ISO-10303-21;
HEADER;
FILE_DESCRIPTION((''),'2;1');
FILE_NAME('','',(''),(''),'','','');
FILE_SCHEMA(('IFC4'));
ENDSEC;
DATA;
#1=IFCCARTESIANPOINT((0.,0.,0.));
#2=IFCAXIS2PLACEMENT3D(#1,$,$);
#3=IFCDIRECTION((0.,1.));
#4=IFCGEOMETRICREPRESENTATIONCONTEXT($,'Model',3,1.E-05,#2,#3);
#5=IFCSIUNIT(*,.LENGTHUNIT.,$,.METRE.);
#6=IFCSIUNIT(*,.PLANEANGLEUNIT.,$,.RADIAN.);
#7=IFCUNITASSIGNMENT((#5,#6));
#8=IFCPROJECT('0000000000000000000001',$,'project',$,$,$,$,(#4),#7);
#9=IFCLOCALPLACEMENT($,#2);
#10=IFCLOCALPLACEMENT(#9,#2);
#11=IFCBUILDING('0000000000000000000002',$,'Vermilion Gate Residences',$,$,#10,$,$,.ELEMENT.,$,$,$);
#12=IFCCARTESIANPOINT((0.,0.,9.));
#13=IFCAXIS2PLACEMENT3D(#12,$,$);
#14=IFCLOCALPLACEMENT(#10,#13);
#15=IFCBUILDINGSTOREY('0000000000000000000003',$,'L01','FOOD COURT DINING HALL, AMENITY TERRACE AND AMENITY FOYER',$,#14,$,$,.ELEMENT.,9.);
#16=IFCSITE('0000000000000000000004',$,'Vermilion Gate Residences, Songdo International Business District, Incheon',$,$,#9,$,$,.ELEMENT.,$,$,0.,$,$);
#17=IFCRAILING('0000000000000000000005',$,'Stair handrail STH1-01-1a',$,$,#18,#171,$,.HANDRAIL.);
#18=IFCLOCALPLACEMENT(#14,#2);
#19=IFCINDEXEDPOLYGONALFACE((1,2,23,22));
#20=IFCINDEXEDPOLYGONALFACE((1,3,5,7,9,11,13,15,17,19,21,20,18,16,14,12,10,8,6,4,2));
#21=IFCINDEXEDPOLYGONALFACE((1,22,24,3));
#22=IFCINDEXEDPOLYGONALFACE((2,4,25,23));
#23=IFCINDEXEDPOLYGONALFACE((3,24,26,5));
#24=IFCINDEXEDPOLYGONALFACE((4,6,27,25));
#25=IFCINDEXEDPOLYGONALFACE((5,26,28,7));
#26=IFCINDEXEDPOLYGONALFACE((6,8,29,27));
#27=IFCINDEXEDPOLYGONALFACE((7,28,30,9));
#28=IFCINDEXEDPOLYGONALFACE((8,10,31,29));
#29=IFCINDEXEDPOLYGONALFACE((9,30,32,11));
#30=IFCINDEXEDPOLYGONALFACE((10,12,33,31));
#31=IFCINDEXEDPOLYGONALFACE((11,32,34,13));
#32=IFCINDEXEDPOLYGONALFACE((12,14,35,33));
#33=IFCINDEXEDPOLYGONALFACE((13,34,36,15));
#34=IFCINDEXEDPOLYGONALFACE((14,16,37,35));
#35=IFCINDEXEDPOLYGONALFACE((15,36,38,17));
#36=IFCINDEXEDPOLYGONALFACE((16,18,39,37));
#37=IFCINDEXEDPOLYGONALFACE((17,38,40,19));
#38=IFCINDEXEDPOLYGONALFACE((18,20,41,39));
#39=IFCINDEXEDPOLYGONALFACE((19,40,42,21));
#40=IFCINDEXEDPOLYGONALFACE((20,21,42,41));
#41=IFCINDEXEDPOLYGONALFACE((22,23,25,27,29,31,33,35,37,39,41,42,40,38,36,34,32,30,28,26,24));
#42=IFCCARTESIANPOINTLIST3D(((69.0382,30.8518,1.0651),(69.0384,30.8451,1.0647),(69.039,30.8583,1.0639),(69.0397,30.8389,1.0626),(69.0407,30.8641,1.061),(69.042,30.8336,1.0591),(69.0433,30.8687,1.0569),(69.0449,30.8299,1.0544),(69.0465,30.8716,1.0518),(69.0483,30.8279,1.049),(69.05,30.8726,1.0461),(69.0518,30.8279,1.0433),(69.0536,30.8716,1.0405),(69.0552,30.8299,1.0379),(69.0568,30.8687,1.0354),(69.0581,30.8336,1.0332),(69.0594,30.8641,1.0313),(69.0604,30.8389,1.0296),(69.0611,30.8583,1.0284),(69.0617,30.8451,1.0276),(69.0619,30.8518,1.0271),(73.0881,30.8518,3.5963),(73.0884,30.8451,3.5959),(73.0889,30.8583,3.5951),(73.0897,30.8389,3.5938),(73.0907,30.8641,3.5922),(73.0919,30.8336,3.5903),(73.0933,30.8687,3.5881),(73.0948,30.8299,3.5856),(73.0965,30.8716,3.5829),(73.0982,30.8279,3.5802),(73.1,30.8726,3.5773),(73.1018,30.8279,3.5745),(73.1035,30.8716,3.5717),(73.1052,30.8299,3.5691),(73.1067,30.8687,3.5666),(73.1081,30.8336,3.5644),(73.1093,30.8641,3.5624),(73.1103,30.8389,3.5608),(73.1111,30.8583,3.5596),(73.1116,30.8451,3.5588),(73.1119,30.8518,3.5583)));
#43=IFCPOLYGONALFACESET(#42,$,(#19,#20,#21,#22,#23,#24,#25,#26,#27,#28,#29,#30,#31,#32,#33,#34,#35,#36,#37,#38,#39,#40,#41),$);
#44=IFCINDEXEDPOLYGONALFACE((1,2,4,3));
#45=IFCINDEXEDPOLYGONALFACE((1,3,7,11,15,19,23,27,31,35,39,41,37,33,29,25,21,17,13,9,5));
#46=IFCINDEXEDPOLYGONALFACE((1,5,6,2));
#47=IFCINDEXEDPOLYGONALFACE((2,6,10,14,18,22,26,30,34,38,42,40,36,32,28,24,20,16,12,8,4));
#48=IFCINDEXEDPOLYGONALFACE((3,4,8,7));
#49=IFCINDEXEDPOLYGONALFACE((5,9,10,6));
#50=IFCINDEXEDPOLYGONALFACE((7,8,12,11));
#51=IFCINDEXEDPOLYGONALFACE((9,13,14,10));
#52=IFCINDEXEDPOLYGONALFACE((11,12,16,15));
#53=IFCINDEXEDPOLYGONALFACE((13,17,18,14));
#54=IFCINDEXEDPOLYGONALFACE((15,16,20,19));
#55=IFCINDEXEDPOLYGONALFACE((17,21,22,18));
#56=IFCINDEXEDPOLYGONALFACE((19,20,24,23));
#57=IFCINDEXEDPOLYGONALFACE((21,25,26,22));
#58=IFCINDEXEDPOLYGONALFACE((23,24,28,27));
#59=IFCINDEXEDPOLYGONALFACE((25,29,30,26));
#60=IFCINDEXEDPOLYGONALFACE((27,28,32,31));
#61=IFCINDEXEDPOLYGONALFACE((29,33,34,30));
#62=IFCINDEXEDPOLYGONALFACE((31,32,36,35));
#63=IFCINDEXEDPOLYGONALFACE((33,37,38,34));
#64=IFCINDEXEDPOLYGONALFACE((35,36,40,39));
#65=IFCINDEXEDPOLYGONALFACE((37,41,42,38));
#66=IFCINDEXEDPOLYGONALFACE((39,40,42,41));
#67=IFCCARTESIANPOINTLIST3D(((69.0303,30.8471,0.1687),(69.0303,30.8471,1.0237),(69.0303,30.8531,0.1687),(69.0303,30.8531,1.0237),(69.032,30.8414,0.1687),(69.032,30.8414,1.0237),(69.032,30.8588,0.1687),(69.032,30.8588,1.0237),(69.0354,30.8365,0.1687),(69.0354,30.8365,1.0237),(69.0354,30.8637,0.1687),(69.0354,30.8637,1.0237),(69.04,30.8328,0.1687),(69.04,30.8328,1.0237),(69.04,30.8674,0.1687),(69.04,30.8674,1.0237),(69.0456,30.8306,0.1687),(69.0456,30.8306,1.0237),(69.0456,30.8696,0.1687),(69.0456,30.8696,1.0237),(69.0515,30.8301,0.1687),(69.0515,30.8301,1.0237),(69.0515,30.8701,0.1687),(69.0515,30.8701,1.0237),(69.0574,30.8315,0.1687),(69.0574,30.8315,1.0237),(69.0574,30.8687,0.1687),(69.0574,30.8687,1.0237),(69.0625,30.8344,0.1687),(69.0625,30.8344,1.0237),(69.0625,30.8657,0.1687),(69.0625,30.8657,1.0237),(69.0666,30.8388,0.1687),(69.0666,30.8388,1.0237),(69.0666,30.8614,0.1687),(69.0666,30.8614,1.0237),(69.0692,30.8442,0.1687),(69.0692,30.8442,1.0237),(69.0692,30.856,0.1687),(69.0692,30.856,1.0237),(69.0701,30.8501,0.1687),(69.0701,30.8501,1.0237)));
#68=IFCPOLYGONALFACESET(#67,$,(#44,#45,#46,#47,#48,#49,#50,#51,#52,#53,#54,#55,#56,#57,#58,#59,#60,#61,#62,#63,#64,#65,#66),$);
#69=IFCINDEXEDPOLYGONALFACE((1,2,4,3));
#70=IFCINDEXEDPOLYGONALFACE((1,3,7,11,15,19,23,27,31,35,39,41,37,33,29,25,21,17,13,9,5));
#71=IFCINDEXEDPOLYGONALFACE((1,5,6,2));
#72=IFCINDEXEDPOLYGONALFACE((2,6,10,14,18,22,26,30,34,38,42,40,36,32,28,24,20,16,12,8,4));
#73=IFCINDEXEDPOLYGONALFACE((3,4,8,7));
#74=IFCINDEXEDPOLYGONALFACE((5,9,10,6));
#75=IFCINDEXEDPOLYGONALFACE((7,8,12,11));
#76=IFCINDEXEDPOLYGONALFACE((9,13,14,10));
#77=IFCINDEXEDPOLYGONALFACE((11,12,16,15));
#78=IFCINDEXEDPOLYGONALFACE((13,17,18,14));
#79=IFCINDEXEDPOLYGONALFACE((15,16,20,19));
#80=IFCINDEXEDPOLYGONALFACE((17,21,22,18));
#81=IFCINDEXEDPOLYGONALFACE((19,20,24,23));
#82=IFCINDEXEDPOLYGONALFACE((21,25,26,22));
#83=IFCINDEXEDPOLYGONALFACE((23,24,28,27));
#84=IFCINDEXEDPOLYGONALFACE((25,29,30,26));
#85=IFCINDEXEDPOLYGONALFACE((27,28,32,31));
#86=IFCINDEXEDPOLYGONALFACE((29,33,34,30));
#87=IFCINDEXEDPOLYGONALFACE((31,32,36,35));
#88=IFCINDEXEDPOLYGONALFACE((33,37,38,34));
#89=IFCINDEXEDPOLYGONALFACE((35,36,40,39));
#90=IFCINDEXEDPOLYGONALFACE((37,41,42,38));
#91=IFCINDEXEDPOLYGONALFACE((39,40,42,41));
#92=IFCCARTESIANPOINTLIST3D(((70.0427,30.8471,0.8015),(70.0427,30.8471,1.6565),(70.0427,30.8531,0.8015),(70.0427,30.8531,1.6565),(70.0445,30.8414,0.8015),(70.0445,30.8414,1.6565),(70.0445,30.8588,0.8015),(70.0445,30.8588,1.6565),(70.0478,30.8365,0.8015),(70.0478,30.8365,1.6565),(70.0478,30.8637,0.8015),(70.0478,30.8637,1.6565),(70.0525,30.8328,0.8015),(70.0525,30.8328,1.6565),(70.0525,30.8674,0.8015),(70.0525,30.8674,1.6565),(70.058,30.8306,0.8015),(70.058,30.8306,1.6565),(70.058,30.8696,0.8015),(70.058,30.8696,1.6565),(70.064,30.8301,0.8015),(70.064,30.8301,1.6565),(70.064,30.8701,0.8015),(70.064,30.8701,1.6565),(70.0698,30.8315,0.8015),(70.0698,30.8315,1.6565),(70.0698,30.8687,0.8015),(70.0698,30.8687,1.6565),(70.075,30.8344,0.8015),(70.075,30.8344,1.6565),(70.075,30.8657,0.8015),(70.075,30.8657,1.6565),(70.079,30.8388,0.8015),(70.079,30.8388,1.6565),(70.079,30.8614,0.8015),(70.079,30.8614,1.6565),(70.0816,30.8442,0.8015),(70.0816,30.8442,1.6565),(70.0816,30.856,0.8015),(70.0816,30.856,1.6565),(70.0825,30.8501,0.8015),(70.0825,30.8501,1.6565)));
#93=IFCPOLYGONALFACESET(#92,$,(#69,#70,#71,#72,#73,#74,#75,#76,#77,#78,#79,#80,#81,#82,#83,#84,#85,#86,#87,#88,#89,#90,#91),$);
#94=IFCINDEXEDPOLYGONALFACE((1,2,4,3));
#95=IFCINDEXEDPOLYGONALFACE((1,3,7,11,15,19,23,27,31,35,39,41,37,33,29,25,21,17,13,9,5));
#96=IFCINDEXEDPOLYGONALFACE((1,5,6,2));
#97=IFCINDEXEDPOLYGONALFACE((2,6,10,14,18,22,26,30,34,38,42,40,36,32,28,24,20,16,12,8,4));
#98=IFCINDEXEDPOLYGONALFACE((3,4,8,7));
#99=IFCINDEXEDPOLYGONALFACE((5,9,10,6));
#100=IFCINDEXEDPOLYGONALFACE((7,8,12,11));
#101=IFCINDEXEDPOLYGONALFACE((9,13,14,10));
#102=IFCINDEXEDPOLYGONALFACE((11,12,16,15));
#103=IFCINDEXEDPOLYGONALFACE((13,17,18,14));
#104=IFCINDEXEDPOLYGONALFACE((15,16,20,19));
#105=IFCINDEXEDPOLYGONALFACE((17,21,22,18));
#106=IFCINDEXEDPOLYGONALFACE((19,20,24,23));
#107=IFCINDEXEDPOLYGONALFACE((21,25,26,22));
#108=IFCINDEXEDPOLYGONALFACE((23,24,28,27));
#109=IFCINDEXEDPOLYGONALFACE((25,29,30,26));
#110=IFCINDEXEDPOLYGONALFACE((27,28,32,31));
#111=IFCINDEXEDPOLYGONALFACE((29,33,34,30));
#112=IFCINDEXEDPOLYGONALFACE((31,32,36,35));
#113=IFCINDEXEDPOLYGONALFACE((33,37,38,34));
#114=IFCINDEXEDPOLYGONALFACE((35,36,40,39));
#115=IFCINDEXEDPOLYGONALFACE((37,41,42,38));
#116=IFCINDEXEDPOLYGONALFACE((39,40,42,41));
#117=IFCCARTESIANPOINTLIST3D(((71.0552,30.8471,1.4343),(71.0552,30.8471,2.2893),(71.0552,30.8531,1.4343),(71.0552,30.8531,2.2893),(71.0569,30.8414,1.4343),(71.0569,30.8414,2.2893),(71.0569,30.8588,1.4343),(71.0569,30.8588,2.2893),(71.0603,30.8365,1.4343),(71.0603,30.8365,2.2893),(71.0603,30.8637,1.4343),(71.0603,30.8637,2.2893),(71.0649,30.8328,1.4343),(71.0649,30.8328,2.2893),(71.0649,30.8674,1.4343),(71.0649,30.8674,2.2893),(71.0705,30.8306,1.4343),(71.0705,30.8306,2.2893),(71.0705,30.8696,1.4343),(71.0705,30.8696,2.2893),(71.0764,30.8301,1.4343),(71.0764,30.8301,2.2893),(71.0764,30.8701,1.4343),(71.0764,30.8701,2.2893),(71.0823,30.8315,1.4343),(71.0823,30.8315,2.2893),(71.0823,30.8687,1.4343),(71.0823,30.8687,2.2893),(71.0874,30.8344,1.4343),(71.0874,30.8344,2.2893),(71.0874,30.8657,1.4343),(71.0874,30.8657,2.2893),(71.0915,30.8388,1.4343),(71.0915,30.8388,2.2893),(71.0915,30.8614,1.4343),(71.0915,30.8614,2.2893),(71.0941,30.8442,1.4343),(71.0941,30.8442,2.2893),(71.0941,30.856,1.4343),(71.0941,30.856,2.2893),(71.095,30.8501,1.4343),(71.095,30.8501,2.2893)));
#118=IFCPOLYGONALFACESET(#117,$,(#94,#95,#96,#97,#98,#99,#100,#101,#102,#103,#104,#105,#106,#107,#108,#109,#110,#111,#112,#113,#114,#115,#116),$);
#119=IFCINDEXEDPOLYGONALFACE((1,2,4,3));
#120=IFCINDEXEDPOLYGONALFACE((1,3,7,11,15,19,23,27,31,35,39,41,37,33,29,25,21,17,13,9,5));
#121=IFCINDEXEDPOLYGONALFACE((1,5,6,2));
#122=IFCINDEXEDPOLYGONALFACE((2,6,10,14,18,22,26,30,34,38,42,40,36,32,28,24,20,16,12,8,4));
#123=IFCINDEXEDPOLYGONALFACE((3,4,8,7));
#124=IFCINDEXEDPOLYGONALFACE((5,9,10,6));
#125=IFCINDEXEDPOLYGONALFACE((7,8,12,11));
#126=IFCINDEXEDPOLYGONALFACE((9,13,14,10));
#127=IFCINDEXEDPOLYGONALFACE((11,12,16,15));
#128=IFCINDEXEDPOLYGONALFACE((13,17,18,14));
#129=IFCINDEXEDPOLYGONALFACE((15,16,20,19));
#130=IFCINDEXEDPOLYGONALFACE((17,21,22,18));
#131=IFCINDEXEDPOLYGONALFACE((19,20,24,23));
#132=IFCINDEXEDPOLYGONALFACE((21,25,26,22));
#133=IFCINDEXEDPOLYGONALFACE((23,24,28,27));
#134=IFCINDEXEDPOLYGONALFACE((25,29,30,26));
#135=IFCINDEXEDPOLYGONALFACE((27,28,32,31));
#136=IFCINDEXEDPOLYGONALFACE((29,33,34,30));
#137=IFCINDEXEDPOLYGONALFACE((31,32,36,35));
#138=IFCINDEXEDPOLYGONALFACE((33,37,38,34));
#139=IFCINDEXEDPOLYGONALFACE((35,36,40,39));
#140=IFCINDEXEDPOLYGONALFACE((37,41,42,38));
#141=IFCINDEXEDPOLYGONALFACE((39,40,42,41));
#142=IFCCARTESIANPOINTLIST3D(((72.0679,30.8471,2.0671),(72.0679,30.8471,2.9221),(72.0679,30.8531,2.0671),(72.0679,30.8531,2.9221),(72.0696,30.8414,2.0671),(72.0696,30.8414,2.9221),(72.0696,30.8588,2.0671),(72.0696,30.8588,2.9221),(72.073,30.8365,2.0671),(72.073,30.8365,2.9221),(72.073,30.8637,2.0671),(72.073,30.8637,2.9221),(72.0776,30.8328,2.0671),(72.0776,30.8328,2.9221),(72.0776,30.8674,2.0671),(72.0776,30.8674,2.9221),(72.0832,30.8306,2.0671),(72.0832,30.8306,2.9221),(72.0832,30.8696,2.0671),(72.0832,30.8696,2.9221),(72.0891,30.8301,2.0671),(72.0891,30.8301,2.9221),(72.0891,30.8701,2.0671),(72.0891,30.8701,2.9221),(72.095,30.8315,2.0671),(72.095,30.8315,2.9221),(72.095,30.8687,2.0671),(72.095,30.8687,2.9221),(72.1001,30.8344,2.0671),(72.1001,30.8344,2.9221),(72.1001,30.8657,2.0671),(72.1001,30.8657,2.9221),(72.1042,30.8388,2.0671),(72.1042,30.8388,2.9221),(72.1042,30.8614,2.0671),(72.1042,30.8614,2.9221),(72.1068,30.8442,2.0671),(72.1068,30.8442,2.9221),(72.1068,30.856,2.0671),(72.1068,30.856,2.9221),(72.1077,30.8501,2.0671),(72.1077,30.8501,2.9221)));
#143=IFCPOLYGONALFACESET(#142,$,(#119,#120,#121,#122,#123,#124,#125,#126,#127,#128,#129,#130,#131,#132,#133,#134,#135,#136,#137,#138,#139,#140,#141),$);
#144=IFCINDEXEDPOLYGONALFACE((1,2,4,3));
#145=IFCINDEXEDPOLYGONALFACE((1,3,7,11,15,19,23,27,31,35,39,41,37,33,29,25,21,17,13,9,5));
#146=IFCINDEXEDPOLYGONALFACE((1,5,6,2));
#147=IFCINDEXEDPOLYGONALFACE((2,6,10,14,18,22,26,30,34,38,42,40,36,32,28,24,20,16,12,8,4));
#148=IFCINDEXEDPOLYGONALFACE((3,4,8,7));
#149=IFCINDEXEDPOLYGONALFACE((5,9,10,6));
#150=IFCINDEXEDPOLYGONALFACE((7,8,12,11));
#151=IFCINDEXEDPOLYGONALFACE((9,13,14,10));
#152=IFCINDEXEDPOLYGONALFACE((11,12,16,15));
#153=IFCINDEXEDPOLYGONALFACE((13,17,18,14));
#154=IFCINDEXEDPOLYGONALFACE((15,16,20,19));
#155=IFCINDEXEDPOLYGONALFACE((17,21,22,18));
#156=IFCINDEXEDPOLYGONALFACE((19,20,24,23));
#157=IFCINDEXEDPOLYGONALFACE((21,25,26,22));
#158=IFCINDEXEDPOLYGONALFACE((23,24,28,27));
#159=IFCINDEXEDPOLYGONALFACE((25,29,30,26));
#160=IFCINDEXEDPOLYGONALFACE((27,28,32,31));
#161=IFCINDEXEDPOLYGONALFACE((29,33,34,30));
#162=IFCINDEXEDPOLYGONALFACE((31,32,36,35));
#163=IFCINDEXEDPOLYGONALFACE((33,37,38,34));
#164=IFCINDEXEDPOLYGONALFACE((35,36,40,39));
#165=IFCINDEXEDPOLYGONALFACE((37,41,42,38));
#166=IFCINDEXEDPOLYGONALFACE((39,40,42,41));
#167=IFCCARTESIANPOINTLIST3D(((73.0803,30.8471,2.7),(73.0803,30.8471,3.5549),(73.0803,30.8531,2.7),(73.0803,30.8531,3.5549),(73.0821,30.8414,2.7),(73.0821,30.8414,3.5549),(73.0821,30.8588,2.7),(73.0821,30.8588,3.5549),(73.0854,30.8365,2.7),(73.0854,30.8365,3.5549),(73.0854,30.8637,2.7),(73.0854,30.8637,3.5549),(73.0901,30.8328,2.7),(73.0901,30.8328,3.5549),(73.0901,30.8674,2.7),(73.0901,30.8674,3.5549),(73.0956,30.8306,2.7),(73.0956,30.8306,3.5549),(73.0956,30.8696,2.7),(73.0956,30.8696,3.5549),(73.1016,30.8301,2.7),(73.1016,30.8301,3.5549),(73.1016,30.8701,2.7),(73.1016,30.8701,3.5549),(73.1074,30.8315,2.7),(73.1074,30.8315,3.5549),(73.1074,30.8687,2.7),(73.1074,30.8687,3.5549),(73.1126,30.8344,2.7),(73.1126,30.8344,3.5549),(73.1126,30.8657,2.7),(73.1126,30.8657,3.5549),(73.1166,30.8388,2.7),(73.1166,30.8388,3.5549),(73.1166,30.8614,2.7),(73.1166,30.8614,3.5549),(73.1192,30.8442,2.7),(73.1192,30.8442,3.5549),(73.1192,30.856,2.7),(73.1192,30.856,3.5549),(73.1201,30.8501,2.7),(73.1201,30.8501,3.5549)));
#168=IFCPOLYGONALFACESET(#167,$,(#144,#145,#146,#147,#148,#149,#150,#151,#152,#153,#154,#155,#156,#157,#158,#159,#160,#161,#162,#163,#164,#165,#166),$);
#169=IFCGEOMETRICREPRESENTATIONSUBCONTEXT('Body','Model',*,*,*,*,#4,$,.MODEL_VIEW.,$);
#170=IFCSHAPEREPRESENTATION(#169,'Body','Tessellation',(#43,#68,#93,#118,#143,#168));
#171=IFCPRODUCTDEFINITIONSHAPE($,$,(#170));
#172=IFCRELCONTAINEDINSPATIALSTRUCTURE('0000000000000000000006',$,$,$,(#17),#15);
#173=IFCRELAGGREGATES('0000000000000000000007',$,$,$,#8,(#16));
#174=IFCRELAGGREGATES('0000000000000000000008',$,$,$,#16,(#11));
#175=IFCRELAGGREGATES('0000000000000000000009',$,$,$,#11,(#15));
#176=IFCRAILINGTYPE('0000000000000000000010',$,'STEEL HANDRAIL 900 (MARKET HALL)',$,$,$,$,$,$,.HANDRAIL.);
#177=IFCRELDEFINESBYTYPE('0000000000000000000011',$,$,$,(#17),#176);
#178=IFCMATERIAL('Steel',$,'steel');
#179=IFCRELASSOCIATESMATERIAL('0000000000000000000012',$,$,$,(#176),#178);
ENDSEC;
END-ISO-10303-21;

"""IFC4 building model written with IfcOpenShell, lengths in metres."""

from ifc_helpers import new_model, si_unit, direction, frame, origin, origin_2d, place, context, subcontext, project, spatial, circle, extrude, material, type_object, element, save


model = new_model("IFC4")

# Units and contexts
model_context = context("Model", 3, precision=1e-05, world=origin(), true_north=direction((0.0, 1.0)))
body_context = subcontext(model_context, "Body", "Model", "MODEL_VIEW")
ifc_project = project(units=[si_unit("LENGTHUNIT", "METRE"), si_unit("PLANEANGLEUNIT", "RADIAN")], contexts=[model_context])

# Site, building, storey
site_placement = place(None, origin())
site = spatial("IfcSite", under=ifc_project, at=site_placement, Name="Vermilion Gate Residences, Songdo International Business District, Incheon", CompositionType="ELEMENT", RefElevation=0.0)
building_placement = place(site_placement, origin())
building = spatial("IfcBuilding", under=site, at=building_placement, Name="Vermilion Gate Residences", CompositionType="ELEMENT")
storey_placement = place(building_placement, frame((0.0, 0.0, 9.0)))
storey = spatial("IfcBuildingStorey", under=building, at=storey_placement, Name="L01", Description="FOOD COURT DINING HALL, AMENITY TERRACE AND AMENITY FOYER", CompositionType="ELEMENT", Elevation=9.0)

# Railing
ifc_material_1 = material(Name="Steel", Category="steel")
railing_type = type_object("IfcRailingType", Name="STEEL HANDRAIL 900 (MARKET HALL)", PredefinedType="HANDRAIL", material=ifc_material_1)
for number, where, name in (
    (1, (69.05, 30.8501, 0.1687), "Stair handrail STH1-01-1a"),
):
    element("IfcRailing", number, at=place(storey_placement, frame(where)), inside=storey, type_object=railing_type, Name=name, PredefinedType="HANDRAIL", context=body_context, shape_type="SweptSolid", body=[
        extrude(circle(Radius=0.0225, at=origin_2d()), frame((0.0, 0.0, 0.8774), z_axis=(0.848001, 0.0, 0.529994), x_axis=(0.0, 1.0, 0.0)), (0.0, 0.0, 1.0), 4.7759),
        extrude(circle(Radius=0.02, at=origin_2d()), origin(), (0.0, 0.0, 1.0), 0.855),
        extrude(circle(Radius=0.02, at=origin_2d()), frame((1.0125, 0.0, 0.6328)), (0.0, 0.0, 1.0), 0.855),
        extrude(circle(Radius=0.02, at=origin_2d()), frame((2.0249, 0.0, 1.2656)), (0.0, 0.0, 1.0), 0.855),
        extrude(circle(Radius=0.02, at=origin_2d()), frame((3.0376, 0.0, 1.8984)), (0.0, 0.0, 1.0), 0.855),
        extrude(circle(Radius=0.02, at=origin_2d()), frame((4.05, 0.0, 2.5312)), (0.0, 0.0, 1.0), 0.855),
    ])

save(model, "model.ifc")
